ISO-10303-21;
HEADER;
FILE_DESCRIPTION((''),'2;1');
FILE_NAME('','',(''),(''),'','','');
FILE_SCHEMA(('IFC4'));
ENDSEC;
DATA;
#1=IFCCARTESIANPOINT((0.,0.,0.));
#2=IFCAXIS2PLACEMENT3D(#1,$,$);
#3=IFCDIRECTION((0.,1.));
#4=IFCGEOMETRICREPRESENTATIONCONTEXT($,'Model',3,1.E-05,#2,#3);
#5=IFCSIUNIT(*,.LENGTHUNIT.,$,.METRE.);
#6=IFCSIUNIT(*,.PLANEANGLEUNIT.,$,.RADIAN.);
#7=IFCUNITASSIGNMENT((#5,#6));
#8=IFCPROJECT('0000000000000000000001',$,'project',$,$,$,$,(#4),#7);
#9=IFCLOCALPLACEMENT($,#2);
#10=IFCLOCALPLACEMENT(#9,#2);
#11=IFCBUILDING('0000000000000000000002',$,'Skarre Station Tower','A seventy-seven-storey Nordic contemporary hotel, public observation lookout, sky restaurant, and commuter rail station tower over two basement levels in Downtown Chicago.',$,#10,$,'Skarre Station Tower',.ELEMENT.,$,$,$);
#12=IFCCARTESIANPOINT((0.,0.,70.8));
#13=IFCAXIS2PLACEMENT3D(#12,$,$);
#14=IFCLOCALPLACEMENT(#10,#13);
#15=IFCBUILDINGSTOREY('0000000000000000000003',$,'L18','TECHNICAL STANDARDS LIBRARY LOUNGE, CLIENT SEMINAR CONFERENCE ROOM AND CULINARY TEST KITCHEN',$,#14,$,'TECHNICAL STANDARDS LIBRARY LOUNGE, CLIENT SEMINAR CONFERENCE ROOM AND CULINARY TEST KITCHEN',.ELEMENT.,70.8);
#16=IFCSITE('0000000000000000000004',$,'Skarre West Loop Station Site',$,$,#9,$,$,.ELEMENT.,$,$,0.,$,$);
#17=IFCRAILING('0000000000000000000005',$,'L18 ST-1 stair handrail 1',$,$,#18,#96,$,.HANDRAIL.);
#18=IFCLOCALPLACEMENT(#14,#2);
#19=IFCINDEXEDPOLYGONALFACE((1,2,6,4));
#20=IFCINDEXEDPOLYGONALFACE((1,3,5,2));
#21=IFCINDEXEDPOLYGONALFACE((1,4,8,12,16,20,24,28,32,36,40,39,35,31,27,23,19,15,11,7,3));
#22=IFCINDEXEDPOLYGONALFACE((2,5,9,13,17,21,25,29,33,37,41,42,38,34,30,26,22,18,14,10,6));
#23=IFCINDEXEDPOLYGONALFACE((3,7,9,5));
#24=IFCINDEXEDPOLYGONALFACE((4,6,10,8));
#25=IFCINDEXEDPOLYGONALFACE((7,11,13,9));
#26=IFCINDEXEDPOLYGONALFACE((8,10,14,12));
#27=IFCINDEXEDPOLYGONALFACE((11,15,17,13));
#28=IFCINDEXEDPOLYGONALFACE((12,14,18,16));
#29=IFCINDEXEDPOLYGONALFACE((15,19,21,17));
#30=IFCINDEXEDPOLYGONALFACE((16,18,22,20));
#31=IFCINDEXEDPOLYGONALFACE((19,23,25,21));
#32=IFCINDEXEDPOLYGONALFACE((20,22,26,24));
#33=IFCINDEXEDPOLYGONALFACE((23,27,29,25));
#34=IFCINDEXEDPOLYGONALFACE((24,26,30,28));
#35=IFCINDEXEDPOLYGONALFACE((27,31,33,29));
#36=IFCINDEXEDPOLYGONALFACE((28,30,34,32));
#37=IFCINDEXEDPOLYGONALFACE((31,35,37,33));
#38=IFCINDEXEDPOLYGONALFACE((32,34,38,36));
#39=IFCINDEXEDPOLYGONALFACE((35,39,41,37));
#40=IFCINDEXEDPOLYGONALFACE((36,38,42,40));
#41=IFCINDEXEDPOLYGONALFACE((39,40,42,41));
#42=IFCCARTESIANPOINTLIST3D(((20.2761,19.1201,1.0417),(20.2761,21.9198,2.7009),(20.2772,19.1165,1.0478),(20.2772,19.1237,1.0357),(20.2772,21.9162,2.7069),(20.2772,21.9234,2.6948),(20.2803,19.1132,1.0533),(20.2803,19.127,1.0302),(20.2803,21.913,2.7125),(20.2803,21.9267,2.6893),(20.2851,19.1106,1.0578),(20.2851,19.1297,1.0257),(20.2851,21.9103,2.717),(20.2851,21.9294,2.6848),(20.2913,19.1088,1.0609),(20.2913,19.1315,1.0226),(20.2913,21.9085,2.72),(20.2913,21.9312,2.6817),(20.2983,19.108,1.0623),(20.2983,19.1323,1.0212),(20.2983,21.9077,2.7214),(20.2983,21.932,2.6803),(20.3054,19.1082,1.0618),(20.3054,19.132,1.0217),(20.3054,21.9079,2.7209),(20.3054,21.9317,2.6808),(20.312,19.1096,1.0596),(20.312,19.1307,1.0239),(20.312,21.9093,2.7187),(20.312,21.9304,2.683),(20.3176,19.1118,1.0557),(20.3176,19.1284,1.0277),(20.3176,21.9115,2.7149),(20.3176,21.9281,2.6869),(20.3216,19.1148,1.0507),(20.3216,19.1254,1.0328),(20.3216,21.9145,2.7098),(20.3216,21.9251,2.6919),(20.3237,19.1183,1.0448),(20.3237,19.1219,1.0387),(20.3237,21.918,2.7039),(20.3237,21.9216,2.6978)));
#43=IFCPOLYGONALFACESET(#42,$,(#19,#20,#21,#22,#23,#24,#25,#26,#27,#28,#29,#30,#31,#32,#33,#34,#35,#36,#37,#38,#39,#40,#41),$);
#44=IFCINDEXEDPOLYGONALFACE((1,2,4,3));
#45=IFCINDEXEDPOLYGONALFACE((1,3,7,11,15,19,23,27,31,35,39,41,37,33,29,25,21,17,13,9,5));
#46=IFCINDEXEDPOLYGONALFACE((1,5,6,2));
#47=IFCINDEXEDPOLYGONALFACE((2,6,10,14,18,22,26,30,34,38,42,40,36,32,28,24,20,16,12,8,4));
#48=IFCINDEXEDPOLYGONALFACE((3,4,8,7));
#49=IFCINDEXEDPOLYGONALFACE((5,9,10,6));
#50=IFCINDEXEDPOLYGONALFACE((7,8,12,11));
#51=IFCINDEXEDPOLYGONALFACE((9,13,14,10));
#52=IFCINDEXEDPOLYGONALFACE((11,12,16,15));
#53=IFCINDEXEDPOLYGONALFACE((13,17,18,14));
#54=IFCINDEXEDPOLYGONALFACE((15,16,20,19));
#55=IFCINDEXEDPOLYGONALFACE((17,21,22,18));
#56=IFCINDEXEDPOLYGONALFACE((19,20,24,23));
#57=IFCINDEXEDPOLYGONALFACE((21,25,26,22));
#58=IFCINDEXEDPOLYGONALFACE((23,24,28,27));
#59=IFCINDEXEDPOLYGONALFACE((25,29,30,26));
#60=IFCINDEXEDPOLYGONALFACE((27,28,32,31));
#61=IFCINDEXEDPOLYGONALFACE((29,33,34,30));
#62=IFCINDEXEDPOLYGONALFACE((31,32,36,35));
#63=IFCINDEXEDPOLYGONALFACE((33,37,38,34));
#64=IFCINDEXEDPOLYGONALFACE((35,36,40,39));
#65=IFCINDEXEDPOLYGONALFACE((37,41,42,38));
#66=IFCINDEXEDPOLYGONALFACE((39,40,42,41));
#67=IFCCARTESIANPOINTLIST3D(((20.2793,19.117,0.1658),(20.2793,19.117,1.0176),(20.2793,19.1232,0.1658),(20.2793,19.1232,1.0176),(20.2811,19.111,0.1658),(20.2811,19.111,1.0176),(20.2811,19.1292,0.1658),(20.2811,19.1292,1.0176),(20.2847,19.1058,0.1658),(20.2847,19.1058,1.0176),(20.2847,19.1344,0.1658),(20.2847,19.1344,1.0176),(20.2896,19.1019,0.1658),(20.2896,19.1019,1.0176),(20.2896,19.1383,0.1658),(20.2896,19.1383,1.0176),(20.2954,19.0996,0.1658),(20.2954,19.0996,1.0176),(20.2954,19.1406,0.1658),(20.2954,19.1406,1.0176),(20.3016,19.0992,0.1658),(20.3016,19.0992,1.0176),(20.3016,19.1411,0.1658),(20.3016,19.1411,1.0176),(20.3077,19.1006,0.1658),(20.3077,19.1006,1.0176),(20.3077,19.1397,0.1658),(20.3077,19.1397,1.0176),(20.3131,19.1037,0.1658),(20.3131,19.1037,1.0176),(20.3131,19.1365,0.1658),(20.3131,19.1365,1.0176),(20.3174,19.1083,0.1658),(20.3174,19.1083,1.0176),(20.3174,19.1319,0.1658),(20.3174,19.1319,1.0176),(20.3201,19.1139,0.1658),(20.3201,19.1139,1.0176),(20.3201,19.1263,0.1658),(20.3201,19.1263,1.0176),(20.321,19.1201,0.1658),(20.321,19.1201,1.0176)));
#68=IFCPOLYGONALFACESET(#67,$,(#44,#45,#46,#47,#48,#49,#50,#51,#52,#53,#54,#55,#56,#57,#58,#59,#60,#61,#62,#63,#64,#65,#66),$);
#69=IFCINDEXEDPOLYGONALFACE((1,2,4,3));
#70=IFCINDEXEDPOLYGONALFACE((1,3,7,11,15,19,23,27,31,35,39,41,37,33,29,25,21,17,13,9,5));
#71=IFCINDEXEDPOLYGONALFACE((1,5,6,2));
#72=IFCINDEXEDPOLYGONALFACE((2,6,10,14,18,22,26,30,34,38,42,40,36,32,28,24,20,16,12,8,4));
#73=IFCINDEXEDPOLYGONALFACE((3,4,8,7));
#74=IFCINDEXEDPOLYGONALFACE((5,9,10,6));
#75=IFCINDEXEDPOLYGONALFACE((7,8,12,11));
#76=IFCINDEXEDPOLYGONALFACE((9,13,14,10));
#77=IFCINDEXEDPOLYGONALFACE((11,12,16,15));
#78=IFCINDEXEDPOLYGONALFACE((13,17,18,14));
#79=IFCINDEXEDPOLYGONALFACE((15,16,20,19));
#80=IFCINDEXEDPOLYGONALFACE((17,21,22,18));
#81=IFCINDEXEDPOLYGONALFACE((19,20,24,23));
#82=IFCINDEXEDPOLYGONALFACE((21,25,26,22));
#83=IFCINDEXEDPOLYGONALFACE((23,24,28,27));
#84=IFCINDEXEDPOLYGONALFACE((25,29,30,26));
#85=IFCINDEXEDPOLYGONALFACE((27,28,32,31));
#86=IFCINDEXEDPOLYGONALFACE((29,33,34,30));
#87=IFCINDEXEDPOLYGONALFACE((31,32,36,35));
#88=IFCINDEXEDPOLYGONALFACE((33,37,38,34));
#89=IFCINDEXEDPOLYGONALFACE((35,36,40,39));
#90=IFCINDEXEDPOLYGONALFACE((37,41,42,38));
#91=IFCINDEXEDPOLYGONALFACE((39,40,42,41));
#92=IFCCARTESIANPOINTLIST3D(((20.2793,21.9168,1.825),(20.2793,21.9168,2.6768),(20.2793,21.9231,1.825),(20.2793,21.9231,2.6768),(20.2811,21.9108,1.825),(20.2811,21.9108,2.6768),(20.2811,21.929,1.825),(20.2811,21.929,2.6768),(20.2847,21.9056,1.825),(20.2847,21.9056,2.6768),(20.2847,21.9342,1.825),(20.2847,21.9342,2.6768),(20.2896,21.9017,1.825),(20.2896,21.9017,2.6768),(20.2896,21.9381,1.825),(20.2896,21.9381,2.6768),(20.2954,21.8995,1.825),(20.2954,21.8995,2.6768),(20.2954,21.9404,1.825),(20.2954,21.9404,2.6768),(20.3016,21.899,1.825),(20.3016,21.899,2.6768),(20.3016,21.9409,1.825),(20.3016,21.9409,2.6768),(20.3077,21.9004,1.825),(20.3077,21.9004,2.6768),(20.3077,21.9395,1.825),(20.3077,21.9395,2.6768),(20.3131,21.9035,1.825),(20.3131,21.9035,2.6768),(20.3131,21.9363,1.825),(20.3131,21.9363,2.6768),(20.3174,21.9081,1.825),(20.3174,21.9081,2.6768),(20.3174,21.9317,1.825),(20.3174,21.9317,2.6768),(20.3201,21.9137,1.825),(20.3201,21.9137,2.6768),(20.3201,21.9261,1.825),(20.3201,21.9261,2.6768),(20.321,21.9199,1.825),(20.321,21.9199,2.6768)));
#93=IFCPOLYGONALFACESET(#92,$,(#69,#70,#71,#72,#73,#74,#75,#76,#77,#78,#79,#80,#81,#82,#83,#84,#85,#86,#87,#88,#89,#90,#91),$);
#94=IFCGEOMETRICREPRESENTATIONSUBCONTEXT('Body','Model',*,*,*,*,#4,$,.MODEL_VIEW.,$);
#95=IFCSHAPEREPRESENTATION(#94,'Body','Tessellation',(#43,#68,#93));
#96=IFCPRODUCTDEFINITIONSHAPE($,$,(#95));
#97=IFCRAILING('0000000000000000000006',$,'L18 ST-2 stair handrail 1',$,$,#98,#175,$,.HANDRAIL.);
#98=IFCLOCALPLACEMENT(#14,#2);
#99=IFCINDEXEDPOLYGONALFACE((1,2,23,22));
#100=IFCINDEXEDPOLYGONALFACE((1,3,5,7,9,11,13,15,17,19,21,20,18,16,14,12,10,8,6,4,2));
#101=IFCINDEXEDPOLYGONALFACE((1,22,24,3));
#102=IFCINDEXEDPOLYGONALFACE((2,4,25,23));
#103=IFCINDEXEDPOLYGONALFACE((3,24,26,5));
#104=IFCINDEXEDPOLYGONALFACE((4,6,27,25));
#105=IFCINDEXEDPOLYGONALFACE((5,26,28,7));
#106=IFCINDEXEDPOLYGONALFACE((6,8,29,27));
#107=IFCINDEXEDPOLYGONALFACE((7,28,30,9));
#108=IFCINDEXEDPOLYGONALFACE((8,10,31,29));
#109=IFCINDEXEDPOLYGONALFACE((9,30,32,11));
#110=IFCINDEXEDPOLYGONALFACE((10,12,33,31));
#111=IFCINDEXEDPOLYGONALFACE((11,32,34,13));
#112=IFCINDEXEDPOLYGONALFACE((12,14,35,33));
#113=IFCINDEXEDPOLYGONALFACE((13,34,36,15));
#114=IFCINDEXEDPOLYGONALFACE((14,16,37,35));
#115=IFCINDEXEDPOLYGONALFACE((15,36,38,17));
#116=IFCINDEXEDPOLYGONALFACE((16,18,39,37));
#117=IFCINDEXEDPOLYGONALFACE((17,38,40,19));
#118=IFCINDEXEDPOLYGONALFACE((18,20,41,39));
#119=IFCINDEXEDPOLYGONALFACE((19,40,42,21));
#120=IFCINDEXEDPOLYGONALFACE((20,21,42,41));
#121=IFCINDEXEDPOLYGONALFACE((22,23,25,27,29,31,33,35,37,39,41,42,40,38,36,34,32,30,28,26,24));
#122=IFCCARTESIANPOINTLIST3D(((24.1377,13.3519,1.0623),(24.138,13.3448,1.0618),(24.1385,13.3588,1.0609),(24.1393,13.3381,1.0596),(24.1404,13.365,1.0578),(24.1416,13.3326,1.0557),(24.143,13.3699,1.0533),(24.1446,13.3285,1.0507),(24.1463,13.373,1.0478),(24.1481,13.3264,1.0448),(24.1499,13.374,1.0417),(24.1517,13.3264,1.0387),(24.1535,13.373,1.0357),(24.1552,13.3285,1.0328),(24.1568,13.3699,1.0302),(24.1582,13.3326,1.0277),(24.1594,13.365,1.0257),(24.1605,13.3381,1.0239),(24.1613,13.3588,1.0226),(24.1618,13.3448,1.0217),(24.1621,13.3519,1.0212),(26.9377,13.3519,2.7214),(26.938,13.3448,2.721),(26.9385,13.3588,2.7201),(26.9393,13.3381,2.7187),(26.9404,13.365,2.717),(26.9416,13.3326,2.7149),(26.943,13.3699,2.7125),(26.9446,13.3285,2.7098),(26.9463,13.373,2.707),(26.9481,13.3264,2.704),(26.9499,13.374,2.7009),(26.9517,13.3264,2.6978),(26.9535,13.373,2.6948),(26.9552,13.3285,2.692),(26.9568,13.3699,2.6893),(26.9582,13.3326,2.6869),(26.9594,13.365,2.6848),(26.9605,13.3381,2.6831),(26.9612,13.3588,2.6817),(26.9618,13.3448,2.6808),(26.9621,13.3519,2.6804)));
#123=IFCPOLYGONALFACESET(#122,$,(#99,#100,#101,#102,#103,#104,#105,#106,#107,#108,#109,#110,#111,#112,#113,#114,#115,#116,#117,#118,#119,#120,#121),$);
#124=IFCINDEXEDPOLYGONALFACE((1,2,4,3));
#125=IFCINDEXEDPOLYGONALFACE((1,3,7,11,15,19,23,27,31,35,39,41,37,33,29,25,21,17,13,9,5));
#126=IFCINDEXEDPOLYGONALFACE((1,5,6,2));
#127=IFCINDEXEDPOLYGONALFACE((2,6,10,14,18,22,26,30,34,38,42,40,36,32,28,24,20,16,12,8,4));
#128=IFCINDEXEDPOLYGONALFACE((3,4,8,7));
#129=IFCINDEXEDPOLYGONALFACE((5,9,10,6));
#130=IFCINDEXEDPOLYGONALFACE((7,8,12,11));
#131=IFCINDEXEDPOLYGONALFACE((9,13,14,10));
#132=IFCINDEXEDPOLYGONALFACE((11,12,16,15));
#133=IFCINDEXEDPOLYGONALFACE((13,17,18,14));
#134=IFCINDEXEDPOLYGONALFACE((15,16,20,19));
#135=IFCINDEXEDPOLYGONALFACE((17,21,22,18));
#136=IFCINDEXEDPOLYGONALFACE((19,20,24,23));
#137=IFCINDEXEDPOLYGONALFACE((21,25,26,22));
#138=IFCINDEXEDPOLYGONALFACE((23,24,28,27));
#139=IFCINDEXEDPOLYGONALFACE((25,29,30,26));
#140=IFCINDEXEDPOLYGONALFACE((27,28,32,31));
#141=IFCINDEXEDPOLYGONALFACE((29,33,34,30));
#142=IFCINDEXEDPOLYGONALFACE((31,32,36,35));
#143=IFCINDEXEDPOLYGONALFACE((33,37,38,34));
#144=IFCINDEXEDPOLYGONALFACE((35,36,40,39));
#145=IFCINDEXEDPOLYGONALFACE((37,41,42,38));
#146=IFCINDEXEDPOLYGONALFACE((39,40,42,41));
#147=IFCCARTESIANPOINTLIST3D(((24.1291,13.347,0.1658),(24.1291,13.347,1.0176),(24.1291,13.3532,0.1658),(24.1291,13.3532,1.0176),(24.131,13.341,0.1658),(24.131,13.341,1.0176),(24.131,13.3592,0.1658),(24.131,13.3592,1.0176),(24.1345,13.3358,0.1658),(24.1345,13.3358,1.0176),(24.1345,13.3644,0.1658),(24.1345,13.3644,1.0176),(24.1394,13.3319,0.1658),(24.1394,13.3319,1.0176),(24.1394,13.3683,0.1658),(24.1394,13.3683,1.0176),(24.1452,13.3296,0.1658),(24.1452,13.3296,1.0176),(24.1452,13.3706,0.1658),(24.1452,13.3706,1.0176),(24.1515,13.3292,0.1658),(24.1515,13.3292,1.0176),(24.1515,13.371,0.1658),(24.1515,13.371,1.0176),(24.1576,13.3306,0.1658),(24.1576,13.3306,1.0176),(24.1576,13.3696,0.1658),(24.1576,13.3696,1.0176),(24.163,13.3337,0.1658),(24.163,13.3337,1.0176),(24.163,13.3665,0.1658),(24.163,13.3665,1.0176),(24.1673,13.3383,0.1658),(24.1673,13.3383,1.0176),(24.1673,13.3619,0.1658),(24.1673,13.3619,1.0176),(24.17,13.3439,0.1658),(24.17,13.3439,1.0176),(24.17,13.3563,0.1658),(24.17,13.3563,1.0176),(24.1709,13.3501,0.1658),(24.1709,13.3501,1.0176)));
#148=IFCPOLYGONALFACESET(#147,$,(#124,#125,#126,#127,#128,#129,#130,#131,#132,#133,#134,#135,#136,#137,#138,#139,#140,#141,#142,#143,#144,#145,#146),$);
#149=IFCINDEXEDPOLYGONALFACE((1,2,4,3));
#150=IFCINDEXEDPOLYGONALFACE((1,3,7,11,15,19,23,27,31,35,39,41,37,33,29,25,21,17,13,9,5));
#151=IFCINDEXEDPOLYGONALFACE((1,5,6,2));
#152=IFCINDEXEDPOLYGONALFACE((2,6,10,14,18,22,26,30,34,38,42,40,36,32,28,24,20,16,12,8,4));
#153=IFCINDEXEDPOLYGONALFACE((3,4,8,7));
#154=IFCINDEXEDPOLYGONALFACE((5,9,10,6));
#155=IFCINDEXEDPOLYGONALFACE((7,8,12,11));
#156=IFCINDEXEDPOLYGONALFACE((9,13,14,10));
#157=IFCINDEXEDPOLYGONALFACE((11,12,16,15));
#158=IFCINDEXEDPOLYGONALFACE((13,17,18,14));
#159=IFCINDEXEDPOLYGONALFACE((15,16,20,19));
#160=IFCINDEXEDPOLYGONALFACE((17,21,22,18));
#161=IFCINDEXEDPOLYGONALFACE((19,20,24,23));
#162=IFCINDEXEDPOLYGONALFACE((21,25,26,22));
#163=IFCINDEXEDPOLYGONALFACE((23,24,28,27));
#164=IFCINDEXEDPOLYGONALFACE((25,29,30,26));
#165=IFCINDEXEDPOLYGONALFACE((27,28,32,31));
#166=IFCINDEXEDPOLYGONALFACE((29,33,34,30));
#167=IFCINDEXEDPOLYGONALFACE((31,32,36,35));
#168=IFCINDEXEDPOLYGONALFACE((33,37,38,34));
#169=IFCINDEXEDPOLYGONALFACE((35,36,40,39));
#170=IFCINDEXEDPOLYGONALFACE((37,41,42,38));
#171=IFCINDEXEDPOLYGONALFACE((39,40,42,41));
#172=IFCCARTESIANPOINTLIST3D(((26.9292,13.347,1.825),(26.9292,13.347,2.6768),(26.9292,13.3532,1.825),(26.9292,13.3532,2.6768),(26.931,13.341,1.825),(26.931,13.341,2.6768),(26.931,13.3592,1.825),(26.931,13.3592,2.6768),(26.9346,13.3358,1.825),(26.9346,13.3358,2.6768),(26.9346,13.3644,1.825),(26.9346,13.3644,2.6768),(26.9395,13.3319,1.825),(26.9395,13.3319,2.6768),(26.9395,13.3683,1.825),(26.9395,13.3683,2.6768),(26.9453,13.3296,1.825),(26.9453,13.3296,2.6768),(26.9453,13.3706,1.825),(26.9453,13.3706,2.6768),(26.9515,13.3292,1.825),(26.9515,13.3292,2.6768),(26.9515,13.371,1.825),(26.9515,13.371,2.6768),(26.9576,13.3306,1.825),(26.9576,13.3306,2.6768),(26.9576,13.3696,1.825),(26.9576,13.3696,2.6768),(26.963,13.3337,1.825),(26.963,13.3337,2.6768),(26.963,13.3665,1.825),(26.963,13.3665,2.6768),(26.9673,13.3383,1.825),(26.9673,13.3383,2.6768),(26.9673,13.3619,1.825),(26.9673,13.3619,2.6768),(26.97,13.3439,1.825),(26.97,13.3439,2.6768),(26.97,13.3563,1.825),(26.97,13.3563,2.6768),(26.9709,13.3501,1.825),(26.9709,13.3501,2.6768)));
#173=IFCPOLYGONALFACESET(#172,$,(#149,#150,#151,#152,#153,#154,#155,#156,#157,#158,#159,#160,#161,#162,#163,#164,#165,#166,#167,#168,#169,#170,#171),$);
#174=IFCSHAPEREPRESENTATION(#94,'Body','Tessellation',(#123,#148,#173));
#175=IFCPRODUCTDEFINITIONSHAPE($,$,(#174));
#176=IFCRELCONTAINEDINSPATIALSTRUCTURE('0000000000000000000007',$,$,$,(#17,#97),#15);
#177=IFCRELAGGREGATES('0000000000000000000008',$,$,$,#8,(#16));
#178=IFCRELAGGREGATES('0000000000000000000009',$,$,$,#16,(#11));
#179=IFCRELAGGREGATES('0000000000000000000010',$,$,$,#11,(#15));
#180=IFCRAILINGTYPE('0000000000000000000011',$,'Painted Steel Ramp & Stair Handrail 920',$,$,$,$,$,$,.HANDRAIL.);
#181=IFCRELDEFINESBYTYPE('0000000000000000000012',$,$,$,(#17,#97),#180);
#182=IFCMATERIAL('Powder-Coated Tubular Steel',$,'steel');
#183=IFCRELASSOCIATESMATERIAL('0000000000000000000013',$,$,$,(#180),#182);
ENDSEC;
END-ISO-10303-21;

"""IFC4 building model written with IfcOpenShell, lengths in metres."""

from ifc_helpers import new_model, si_unit, direction, frame, origin, origin_2d, place, context, subcontext, project, spatial, circle, extrude, material, type_object, element, save


model = new_model("IFC4")

# Units and contexts
model_context = context("Model", 3, precision=1e-05, world=origin(), true_north=direction((0.0, 1.0)))
body_context = subcontext(model_context, "Body", "Model", "MODEL_VIEW")
ifc_project = project(units=[si_unit("LENGTHUNIT", "METRE"), si_unit("PLANEANGLEUNIT", "RADIAN")], contexts=[model_context])

# Site, building, storey
site_placement = place(None, origin())
site = spatial("IfcSite", under=ifc_project, at=site_placement, Name="Skarre West Loop Station Site", CompositionType="ELEMENT", RefElevation=0.0)
building_placement = place(site_placement, origin())
building = spatial("IfcBuilding", under=site, at=building_placement, Name="Skarre Station Tower", Description="A seventy-seven-storey Nordic contemporary hotel, public observation lookout, sky restaurant, and commuter rail station tower over two basement levels in Downtown Chicago.", LongName="Skarre Station Tower", CompositionType="ELEMENT")
storey_placement = place(building_placement, frame((0.0, 0.0, 70.8)))
storey = spatial("IfcBuildingStorey", under=building, at=storey_placement, Name="L18", Description="TECHNICAL STANDARDS LIBRARY LOUNGE, CLIENT SEMINAR CONFERENCE ROOM AND CULINARY TEST KITCHEN", LongName="TECHNICAL STANDARDS LIBRARY LOUNGE, CLIENT SEMINAR CONFERENCE ROOM AND CULINARY TEST KITCHEN", CompositionType="ELEMENT", Elevation=70.8)

# Railings
ifc_material_1 = material(Name="Powder-Coated Tubular Steel", Category="steel")
railing_type_1 = type_object("IfcRailingType", Name="Painted Steel Ramp & Stair Handrail 920", PredefinedType="HANDRAIL", material=ifc_material_1)
railing_1_placement = place(storey_placement, frame((20.3, 19.1201, 0.1658)))
element("IfcRailing", 1, at=railing_1_placement, inside=storey, type_object=railing_type_1, Name="L18 ST-1 stair handrail 1", PredefinedType="HANDRAIL", context=body_context, shape_type="SweptSolid", body=[
    extrude(circle(Radius=0.0239, at=origin_2d()), frame((0.0, 0.0, 0.876), z_axis=(0.0, 0.860287, 0.509811), x_axis=(-1.0, 0.0, 0.0)), (0.0, 0.0, 1.0), 3.2544),
    extrude(circle(Radius=0.021, at=origin_2d()), origin(), (0.0, 0.0, 1.0), 0.8518),
    extrude(circle(Radius=0.021, at=origin_2d()), frame((0.0, 2.7998, 1.6592)), (0.0, 0.0, 1.0), 0.8518),
])
railing_2_placement = place(storey_placement, frame((24.1499, 13.3501, 0.1658)))
element("IfcRailing", 2, at=railing_2_placement, inside=storey, type_object=railing_type_1, Name="L18 ST-2 stair handrail 1", PredefinedType="HANDRAIL", context=body_context, shape_type="SweptSolid", body=[
    extrude(circle(Radius=0.0239, at=origin_2d()), frame((0.0, 0.0, 0.876), z_axis=(0.860306, 0.0, 0.509778), x_axis=(0.0, 1.0, 0.0)), (0.0, 0.0, 1.0), 3.2546),
    extrude(circle(Radius=0.021, at=origin_2d()), origin(), (0.0, 0.0, 1.0), 0.8518),
    extrude(circle(Radius=0.021, at=origin_2d()), frame((2.8, 0.0, 1.6592)), (0.0, 0.0, 1.0), 0.8518),
])

save(model, "model.ifc")
